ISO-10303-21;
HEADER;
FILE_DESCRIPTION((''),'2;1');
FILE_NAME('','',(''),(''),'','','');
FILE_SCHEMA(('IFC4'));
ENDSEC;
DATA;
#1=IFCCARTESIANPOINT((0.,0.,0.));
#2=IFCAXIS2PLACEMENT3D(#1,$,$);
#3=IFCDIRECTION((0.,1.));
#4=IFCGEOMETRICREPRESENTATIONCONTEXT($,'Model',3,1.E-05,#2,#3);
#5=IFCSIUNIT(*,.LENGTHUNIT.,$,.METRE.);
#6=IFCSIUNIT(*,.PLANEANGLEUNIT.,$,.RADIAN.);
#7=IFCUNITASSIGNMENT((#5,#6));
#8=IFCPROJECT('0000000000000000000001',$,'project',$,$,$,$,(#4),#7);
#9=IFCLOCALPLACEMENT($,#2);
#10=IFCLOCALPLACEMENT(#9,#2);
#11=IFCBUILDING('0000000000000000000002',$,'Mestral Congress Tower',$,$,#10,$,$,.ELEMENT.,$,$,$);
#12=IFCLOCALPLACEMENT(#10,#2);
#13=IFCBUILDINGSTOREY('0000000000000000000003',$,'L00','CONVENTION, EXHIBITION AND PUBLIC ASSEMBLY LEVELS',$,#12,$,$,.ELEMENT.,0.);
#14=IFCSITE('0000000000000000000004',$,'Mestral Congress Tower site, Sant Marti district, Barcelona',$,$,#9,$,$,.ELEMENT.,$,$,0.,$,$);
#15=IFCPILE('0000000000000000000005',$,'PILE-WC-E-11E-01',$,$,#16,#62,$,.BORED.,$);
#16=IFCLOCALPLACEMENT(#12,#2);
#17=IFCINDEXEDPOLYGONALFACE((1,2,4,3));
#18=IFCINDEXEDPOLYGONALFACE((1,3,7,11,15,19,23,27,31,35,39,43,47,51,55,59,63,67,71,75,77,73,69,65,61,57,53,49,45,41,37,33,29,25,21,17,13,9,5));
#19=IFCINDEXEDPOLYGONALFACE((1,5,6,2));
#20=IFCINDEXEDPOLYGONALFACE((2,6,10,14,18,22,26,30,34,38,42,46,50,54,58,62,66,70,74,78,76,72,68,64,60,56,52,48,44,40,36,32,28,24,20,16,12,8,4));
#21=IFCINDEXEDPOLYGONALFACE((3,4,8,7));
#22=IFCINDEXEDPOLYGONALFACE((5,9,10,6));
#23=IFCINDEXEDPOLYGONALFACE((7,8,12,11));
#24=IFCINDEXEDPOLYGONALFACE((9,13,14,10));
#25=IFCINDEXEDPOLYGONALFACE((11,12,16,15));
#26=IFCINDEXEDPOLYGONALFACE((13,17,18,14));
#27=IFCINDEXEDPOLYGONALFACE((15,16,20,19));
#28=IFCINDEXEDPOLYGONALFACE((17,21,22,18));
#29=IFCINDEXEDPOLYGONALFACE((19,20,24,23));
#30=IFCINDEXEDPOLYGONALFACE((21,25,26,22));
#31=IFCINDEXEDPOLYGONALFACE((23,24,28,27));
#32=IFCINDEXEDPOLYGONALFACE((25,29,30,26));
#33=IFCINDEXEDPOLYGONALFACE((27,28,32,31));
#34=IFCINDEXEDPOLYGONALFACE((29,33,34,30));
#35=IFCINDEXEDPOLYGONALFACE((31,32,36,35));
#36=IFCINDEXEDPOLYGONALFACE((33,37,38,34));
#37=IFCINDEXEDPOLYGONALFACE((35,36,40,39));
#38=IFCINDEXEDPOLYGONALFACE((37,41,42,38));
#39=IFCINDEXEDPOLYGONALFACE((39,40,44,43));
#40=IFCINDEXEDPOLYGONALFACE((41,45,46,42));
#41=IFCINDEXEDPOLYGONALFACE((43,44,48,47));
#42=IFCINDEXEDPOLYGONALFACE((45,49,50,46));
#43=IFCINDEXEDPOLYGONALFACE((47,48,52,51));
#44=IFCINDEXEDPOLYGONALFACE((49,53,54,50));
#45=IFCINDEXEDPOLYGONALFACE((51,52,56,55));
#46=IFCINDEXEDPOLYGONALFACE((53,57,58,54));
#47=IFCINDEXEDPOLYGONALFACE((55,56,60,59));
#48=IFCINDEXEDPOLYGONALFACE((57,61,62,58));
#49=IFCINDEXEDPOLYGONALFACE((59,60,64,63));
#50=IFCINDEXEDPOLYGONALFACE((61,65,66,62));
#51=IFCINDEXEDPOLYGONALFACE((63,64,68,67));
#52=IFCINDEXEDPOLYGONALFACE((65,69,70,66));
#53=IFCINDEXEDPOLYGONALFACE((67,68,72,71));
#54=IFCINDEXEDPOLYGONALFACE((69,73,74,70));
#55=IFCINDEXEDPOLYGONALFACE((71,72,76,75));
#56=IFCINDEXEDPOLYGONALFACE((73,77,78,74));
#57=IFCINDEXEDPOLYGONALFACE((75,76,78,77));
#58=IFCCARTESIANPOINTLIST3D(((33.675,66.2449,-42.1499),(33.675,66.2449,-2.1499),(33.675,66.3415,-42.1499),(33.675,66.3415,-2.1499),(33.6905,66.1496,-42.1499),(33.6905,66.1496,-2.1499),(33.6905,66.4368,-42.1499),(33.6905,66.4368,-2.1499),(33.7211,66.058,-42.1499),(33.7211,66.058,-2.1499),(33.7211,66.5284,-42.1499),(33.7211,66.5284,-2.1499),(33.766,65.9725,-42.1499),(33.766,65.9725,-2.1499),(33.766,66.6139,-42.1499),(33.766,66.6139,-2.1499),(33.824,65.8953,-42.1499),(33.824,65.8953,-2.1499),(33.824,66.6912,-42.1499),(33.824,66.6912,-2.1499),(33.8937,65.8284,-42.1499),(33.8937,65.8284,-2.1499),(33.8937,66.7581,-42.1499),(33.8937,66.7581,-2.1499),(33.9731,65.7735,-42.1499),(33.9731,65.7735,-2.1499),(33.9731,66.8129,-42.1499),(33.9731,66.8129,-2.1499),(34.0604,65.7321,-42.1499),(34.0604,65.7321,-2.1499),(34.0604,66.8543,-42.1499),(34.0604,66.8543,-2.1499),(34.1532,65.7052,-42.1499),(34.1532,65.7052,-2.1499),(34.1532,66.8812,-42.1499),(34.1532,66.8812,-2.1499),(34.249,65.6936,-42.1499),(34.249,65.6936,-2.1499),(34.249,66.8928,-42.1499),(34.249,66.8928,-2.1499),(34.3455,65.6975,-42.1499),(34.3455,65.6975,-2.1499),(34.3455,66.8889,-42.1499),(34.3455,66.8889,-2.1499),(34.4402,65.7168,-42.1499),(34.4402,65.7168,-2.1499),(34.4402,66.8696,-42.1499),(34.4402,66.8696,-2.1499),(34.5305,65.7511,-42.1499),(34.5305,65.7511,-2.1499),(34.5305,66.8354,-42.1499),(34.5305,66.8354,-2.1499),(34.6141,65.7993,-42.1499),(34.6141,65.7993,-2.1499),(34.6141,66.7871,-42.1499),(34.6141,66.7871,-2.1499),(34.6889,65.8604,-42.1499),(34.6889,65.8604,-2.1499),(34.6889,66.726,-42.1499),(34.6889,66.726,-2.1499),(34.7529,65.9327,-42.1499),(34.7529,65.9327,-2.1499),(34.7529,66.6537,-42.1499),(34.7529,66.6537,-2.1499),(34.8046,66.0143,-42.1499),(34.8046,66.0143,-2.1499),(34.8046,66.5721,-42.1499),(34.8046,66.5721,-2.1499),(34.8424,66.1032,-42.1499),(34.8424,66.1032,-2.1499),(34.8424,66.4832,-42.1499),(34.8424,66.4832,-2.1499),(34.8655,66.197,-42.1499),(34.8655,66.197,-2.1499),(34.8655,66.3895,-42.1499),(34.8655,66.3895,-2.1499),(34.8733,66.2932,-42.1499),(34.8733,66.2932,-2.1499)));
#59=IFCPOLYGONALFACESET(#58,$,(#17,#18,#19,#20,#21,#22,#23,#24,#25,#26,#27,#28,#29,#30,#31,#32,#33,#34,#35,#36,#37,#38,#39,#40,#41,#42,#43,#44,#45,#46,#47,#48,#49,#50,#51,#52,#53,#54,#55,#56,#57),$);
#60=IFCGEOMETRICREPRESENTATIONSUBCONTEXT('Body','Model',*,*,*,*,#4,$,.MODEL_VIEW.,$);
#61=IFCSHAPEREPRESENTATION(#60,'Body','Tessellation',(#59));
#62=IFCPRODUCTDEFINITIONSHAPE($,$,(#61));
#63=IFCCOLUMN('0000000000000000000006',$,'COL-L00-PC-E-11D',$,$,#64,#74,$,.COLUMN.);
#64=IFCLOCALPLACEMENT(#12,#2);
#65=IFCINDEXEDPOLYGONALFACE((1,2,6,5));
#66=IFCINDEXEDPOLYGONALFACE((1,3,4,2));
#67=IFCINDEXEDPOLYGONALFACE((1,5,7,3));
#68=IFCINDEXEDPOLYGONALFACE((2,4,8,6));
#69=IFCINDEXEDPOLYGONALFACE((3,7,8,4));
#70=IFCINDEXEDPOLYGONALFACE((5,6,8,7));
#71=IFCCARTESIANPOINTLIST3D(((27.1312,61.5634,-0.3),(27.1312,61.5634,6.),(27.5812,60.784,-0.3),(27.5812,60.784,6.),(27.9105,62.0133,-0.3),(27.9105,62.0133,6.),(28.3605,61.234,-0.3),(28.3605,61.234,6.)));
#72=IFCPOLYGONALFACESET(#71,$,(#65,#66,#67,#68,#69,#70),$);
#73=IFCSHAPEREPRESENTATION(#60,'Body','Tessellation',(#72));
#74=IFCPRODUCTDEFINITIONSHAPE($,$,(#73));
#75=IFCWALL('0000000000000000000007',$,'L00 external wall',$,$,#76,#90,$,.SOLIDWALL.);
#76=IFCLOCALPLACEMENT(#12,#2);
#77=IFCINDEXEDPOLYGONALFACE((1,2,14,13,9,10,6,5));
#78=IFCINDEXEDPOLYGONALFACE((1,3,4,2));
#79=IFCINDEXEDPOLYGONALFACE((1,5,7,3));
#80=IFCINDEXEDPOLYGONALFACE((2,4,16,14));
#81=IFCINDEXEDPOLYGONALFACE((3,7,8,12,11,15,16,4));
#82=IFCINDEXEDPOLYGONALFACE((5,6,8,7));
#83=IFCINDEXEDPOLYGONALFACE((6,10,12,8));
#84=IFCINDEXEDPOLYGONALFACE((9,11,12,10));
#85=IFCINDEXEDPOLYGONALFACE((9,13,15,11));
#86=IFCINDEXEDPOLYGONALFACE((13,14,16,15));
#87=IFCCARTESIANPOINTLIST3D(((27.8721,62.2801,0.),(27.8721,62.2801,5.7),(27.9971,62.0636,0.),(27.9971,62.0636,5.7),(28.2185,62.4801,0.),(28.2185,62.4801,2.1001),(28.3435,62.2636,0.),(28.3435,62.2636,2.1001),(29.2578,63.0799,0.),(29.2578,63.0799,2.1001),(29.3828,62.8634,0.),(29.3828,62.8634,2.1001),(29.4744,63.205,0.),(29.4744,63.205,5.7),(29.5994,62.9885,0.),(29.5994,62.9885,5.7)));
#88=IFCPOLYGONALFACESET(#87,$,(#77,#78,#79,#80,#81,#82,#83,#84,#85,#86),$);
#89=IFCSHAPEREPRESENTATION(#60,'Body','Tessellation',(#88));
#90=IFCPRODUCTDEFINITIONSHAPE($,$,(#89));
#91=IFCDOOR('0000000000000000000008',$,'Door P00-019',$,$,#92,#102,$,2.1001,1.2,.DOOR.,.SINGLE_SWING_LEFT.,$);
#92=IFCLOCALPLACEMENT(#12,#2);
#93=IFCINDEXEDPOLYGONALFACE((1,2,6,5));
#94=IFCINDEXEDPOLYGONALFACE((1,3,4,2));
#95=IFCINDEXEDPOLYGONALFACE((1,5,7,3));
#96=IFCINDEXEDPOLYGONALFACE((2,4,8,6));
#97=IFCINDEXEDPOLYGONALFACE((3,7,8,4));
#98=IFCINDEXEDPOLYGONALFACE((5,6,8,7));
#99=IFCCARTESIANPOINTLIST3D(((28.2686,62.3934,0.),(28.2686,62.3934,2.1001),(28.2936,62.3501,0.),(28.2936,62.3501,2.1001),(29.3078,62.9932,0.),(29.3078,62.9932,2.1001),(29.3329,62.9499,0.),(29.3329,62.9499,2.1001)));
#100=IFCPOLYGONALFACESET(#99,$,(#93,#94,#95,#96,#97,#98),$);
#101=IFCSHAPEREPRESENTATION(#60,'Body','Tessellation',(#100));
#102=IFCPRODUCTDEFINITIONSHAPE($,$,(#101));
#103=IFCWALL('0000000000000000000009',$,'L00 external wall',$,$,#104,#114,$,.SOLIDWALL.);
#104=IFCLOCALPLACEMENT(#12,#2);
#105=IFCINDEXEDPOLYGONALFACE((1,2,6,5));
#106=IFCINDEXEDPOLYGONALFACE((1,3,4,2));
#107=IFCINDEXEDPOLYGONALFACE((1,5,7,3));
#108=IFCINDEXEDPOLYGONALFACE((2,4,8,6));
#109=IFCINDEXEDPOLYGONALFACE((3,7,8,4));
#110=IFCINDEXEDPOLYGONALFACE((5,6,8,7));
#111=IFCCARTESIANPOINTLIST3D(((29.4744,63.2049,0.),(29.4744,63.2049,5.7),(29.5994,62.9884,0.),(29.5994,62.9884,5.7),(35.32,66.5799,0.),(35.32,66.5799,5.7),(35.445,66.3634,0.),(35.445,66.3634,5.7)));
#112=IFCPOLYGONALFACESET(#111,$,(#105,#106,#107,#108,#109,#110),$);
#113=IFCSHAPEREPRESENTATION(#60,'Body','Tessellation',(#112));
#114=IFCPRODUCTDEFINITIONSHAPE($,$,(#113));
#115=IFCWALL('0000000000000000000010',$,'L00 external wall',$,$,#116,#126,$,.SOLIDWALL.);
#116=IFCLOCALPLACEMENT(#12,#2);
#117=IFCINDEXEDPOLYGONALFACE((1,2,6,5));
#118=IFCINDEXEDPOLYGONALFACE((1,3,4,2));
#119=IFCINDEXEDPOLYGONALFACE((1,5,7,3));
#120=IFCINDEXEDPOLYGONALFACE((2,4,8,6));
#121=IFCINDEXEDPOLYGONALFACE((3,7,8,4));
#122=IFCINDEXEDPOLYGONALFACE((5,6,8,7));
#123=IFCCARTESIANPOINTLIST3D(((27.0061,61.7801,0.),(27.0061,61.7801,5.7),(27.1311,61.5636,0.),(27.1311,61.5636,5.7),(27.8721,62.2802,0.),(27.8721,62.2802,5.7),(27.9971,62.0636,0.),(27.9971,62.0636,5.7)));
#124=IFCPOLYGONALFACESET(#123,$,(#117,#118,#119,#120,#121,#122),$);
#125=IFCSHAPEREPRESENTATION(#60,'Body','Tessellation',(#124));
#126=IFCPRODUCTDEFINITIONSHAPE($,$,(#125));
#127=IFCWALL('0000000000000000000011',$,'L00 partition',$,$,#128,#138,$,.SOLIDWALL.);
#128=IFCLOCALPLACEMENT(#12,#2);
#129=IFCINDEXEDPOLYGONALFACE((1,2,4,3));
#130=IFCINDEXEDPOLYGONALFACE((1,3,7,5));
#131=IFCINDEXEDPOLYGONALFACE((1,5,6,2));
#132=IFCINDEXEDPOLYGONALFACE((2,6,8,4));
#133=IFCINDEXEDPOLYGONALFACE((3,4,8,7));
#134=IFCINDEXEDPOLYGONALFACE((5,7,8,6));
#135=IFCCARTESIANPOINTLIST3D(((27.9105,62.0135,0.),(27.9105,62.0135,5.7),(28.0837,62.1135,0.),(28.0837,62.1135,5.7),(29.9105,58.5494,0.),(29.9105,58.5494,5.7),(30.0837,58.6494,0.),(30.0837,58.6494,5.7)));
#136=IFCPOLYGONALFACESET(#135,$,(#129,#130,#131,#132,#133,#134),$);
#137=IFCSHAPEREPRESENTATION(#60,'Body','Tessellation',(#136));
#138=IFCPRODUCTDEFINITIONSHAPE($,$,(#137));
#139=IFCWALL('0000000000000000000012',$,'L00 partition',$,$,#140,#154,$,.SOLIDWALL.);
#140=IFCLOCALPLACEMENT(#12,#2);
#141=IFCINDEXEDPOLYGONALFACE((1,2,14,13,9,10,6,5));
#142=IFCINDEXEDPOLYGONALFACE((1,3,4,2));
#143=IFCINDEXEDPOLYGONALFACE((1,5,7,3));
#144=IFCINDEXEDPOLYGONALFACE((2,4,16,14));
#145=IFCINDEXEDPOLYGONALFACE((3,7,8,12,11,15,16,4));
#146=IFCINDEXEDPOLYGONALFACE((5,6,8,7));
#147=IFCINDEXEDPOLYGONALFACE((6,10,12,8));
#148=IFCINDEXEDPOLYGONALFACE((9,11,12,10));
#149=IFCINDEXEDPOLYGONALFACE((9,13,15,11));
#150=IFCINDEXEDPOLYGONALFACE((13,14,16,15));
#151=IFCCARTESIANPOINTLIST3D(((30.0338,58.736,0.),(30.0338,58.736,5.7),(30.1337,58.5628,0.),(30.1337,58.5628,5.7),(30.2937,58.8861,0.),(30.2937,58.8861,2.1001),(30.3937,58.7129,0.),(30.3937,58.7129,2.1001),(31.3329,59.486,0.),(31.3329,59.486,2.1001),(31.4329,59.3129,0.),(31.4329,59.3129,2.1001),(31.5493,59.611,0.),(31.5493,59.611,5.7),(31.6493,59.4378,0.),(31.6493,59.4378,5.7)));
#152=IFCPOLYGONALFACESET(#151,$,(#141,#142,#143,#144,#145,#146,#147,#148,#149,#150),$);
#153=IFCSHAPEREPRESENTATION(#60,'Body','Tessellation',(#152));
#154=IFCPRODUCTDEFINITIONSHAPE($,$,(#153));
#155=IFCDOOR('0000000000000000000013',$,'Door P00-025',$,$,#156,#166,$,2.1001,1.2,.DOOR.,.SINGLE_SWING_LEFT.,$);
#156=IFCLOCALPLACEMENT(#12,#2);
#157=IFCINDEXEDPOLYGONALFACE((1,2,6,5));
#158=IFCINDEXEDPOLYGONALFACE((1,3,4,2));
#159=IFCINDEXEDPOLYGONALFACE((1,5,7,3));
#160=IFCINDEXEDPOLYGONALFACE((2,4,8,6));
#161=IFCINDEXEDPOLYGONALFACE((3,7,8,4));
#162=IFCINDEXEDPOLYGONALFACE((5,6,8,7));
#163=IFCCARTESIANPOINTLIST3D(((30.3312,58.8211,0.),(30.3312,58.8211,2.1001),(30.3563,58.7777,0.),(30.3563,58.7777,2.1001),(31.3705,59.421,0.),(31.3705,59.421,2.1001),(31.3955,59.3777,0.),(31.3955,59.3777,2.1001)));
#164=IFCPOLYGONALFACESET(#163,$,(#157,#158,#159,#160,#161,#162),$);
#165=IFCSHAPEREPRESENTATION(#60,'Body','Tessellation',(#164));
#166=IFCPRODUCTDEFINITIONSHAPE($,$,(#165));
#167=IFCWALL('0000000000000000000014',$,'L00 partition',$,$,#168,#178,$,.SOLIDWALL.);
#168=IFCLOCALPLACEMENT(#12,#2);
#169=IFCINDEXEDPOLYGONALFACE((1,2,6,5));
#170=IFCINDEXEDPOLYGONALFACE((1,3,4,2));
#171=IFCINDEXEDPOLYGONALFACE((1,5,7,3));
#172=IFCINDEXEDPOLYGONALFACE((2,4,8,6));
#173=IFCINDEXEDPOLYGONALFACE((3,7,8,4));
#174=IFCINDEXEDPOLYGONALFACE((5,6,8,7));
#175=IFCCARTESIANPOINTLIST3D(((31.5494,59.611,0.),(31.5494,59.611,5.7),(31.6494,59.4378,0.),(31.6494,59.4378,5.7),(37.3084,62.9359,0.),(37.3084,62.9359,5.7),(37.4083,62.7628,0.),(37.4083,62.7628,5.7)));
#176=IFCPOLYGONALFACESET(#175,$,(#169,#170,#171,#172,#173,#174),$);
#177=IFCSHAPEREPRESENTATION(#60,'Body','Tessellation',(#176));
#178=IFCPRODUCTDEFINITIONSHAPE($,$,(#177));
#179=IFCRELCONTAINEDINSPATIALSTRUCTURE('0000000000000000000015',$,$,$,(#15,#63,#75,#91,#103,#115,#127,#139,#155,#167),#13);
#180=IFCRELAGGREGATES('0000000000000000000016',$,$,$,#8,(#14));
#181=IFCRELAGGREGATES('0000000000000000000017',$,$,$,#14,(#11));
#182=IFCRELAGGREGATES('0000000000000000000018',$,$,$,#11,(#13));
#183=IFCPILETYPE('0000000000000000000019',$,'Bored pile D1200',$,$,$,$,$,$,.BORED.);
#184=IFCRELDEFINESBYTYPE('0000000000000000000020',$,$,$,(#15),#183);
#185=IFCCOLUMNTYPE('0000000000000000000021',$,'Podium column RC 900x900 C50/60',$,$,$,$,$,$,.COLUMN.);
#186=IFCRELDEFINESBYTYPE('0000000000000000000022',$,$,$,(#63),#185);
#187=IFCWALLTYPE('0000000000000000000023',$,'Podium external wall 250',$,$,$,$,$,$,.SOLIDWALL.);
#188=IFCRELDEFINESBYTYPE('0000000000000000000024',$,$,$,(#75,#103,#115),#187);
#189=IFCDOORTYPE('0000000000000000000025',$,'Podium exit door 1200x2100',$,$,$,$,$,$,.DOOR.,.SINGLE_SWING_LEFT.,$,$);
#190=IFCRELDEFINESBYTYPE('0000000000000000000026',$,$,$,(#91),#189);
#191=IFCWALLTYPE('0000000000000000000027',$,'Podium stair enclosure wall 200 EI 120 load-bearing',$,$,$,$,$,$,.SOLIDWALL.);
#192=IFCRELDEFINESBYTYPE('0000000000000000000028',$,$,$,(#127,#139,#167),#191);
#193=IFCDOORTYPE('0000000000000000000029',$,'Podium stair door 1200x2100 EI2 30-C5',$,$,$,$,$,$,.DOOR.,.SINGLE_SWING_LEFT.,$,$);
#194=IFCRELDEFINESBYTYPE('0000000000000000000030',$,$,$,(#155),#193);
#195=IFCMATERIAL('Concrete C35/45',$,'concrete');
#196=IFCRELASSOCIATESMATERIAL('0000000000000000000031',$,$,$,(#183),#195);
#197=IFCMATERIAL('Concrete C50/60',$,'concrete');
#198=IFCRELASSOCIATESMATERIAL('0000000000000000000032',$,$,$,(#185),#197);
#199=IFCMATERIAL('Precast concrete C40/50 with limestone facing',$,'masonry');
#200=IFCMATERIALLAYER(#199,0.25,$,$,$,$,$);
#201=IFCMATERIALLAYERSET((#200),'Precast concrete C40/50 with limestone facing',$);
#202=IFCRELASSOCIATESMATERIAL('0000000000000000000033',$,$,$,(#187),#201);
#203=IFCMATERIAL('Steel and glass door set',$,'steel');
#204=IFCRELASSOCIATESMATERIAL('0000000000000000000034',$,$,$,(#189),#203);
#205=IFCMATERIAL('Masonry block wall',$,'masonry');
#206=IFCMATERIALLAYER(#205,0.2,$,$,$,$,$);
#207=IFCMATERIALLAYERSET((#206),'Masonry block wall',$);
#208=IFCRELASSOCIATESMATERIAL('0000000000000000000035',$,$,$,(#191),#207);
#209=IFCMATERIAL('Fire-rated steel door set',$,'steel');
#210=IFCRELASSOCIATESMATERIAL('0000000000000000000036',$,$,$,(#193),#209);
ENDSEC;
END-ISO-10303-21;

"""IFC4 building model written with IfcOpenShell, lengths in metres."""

from ifc_helpers import new_model, si_unit, direction, frame, frame_2d, origin, origin_2d, place, context, subcontext, project, spatial, rectangle, circle, extrude, material, layer, layer_set, material_profile, profile_set, type_object, element, fill, save


model = new_model("IFC4")

# Units and contexts
model_context = context("Model", 3, precision=1e-05, world=origin(), true_north=direction((0.0, 1.0)))
body_context = subcontext(model_context, "Body", "Model", "MODEL_VIEW")
ifc_project = project(units=[si_unit("LENGTHUNIT", "METRE"), si_unit("PLANEANGLEUNIT", "RADIAN")], contexts=[model_context])

# Site, building, storey
site_placement = place(None, origin())
site = spatial("IfcSite", under=ifc_project, at=site_placement, Name="Mestral Congress Tower site, Sant Marti district, Barcelona", CompositionType="ELEMENT", RefElevation=0.0)
building_placement = place(site_placement, origin())
building = spatial("IfcBuilding", under=site, at=building_placement, Name="Mestral Congress Tower", CompositionType="ELEMENT")
storey_placement = place(building_placement, origin())
storey = spatial("IfcBuildingStorey", under=building, at=storey_placement, Name="L00", Description="CONVENTION, EXHIBITION AND PUBLIC ASSEMBLY LEVELS", CompositionType="ELEMENT", Elevation=0.0)

# Pile
ifc_material_1 = material(Name="Concrete C35/45", Category="concrete")
ifc_material_profile_1 = material_profile(ifc_material_1, circle(Radius=0.6001, at=origin_2d()), Name="D1200")
ifc_profile_set_1 = profile_set([ifc_material_profile_1], Name="Concrete C35/45")
pile_type = type_object("IfcPileType", Name="Bored pile D1200", PredefinedType="BORED", material=ifc_profile_set_1)
for number, where, z_axis, x_axis, name in (
    (1, (34.2732, 66.2932, -2.1499), (0.0, 0.0, -1.0), (1.0, 0.0, 0.0), "PILE-WC-E-11E-01"),
):
    element("IfcPile", number, at=place(storey_placement, frame(where, z_axis=z_axis, x_axis=x_axis)), inside=storey, type_object=pile_type, Name=name, PredefinedType="BORED", context=body_context, shape_type="SweptSolid", body=[
        extrude(circle(Radius=0.6001, at=origin_2d()), origin(), (0.0, 0.0, 1.0), 40.0),
    ])

# Column
ifc_material_2 = material(Name="Concrete C50/60", Category="concrete")
ifc_material_profile_2 = material_profile(ifc_material_2, rectangle(XDim=0.8999, YDim=0.8999, at=origin_2d()), Name="RC 900x900")
ifc_profile_set_2 = profile_set([ifc_material_profile_2], Name="Concrete C50/60")
column_type = type_object("IfcColumnType", Name="Podium column RC 900x900 C50/60", PredefinedType="COLUMN", material=ifc_profile_set_2)
column_placement = place(storey_placement, frame((27.7458, 61.3987, -0.3), z_axis=(0.0, 0.0, 1.0), x_axis=(-0.5, 0.866025, 0.0)))
element("IfcColumn", 2, at=column_placement, inside=storey, type_object=column_type, Name="COL-L00-PC-E-11D", PredefinedType="COLUMN", context=body_context, shape_type="SweptSolid", body=[
    extrude(rectangle(XDim=0.8999, YDim=0.8999, at=origin_2d()), origin(), (0.0, 0.0, 1.0), 6.3),
])

# Wall, opening, door
ifc_material_3 = material(Name="Precast concrete C40/50 with limestone facing", Category="masonry")
ifc_layer_1 = layer(ifc_material_3, 0.25)
ifc_layer_set_1 = layer_set([ifc_layer_1], Name="Precast concrete C40/50 with limestone facing")
wall_type_1 = type_object("IfcWallType", Name="Podium external wall 250", PredefinedType="SOLIDWALL", material=ifc_layer_set_1)
wall_1_placement = place(storey_placement, frame((27.9346, 62.1719, 0.0), z_axis=(0.0, 0.0, 1.0), x_axis=(0.866091, 0.499886, 0.0)))
wall_1 = element("IfcWall", 3, at=wall_1_placement, inside=storey, type_object=wall_type_1, Name="L00 external wall", PredefinedType="SOLIDWALL", context=body_context, shape_type="SweptSolid", body=[
    extrude(rectangle(XDim=1.8501, YDim=0.25, at=frame_2d((0.925, 0.0))), origin(), (0.0, 0.0, 1.0), 5.7),
])
opening_1_placement = place(wall_1_placement, frame((0.3999, 0.0, 0.0)))
opening_1 = element("IfcOpeningElement", 4, at=opening_1_placement, cuts=wall_1, PredefinedType="OPENING", context=body_context, shape_type="SweptSolid", body=[
    extrude(rectangle(XDim=1.2, YDim=2.1001, at=frame_2d((0.6001, 1.05))), frame((0.0, 0.135, 0.0), z_axis=(0.0, -1.0, 0.0), x_axis=(1.0, 0.0, 0.0)), (0.0, 0.0, 1.0), 0.27),
])
ifc_material_4 = material(Name="Steel and glass door set", Category="steel")
door_type_1 = type_object("IfcDoorType", Name="Podium exit door 1200x2100", OperationType="SINGLE_SWING_LEFT", PredefinedType="DOOR", material=ifc_material_4)
door_1_placement = place(opening_1_placement, origin())
door_1 = element("IfcDoor", 5, at=door_1_placement, inside=storey, type_object=door_type_1, Name="Door P00-019", OperationType="SINGLE_SWING_LEFT", OverallHeight=2.1001, OverallWidth=1.2, PredefinedType="DOOR", context=body_context, shape_type="SweptSolid", body=[
    extrude(rectangle(XDim=1.2, YDim=2.1001, at=frame_2d((0.6001, 1.05))), frame((0.0, 0.0249, 0.0), z_axis=(0.0, -1.0, 0.0), x_axis=(1.0, 0.0, 0.0)), (0.0, 0.0, 1.0), 0.05),
])
fill(opening_1, door_1)

# Walls
wall_2_placement = place(storey_placement, frame((29.5369, 63.0967, 0.0), z_axis=(0.0, 0.0, 1.0), x_axis=(0.866027, 0.499998, 0.0)))
element("IfcWall", 6, at=wall_2_placement, inside=storey, type_object=wall_type_1, Name="L00 external wall", PredefinedType="SOLIDWALL", context=body_context, shape_type="SweptSolid", body=[
    extrude(rectangle(XDim=6.75, YDim=0.25, at=frame_2d((3.375, 0.0))), origin(), (0.0, 0.0, 1.0), 5.7),
])
wall_3_placement = place(storey_placement, frame((27.0686, 61.6719, 0.0), z_axis=(0.0, 0.0, 1.0), x_axis=(0.866011, 0.500025, 0.0)))
element("IfcWall", 7, at=wall_3_placement, inside=storey, type_object=wall_type_1, Name="L00 external wall", PredefinedType="SOLIDWALL", context=body_context, shape_type="SweptSolid", body=[
    extrude(rectangle(XDim=1.0, YDim=0.25, at=frame_2d((0.5, 0.0))), origin(), (0.0, 0.0, 1.0), 5.7),
])
ifc_material_5 = material(Name="Masonry block wall", Category="masonry")
ifc_layer_2 = layer(ifc_material_5, 0.2)
ifc_layer_set_2 = layer_set([ifc_layer_2], Name="Masonry block wall")
wall_type_2 = type_object("IfcWallType", Name="Podium stair enclosure wall 200 EI 120 load-bearing", PredefinedType="SOLIDWALL", material=ifc_layer_set_2)
wall_4_placement = place(storey_placement, frame((29.9971, 58.5994, 0.0), z_axis=(0.0, 0.0, 1.0), x_axis=(-0.499999, 0.866026, 0.0)))
element("IfcWall", 8, at=wall_4_placement, inside=storey, type_object=wall_type_2, Name="L00 partition", PredefinedType="SOLIDWALL", context=body_context, shape_type="SweptSolid", body=[
    extrude(rectangle(XDim=4.0, YDim=0.2, at=frame_2d((2.0, 0.0))), origin(), (0.0, 0.0, 1.0), 5.7),
])

# Wall, opening, door
wall_5_placement = place(storey_placement, frame((30.0837, 58.6494, 0.0), z_axis=(0.0, 0.0, 1.0), x_axis=(0.866037, 0.49998, 0.0)))
wall_5 = element("IfcWall", 9, at=wall_5_placement, inside=storey, type_object=wall_type_2, Name="L00 partition", PredefinedType="SOLIDWALL", context=body_context, shape_type="SweptSolid", body=[
    extrude(rectangle(XDim=1.75, YDim=0.2, at=frame_2d((0.875, 0.0))), origin(), (0.0, 0.0, 1.0), 5.7),
])
opening_2_placement = place(wall_5_placement, frame((0.3, 0.0, 0.0)))
opening_2 = element("IfcOpeningElement", 10, at=opening_2_placement, cuts=wall_5, PredefinedType="OPENING", context=body_context, shape_type="SweptSolid", body=[
    extrude(rectangle(XDim=1.2, YDim=2.1001, at=frame_2d((0.6001, 1.05))), frame((0.0, 0.1099, 0.0), z_axis=(0.0, -1.0, 0.0), x_axis=(1.0, 0.0, 0.0)), (0.0, 0.0, 1.0), 0.22),
])
ifc_material_6 = material(Name="Fire-rated steel door set", Category="steel")
door_type_2 = type_object("IfcDoorType", Name="Podium stair door 1200x2100 EI2 30-C5", OperationType="SINGLE_SWING_LEFT", PredefinedType="DOOR", material=ifc_material_6)
door_2_placement = place(opening_2_placement, origin())
door_2 = element("IfcDoor", 11, at=door_2_placement, inside=storey, type_object=door_type_2, Name="Door P00-025", OperationType="SINGLE_SWING_LEFT", OverallHeight=2.1001, OverallWidth=1.2, PredefinedType="DOOR", context=body_context, shape_type="SweptSolid", body=[
    extrude(rectangle(XDim=1.2, YDim=2.1001, at=frame_2d((0.6001, 1.05))), frame((0.0, 0.0249, 0.0), z_axis=(0.0, -1.0, 0.0), x_axis=(1.0, 0.0, 0.0)), (0.0, 0.0, 1.0), 0.05),
])
fill(opening_2, door_2)

# Wall
wall_6_placement = place(storey_placement, frame((31.5994, 59.5244, 0.0), z_axis=(0.0, 0.0, 1.0), x_axis=(0.866027, 0.499997, 0.0)))
element("IfcWall", 12, at=wall_6_placement, inside=storey, type_object=wall_type_2, Name="L00 partition", PredefinedType="SOLIDWALL", context=body_context, shape_type="SweptSolid", body=[
    extrude(rectangle(XDim=6.6499, YDim=0.2, at=frame_2d((3.325, 0.0))), origin(), (0.0, 0.0, 1.0), 5.7),
])

save(model, "model.ifc")
